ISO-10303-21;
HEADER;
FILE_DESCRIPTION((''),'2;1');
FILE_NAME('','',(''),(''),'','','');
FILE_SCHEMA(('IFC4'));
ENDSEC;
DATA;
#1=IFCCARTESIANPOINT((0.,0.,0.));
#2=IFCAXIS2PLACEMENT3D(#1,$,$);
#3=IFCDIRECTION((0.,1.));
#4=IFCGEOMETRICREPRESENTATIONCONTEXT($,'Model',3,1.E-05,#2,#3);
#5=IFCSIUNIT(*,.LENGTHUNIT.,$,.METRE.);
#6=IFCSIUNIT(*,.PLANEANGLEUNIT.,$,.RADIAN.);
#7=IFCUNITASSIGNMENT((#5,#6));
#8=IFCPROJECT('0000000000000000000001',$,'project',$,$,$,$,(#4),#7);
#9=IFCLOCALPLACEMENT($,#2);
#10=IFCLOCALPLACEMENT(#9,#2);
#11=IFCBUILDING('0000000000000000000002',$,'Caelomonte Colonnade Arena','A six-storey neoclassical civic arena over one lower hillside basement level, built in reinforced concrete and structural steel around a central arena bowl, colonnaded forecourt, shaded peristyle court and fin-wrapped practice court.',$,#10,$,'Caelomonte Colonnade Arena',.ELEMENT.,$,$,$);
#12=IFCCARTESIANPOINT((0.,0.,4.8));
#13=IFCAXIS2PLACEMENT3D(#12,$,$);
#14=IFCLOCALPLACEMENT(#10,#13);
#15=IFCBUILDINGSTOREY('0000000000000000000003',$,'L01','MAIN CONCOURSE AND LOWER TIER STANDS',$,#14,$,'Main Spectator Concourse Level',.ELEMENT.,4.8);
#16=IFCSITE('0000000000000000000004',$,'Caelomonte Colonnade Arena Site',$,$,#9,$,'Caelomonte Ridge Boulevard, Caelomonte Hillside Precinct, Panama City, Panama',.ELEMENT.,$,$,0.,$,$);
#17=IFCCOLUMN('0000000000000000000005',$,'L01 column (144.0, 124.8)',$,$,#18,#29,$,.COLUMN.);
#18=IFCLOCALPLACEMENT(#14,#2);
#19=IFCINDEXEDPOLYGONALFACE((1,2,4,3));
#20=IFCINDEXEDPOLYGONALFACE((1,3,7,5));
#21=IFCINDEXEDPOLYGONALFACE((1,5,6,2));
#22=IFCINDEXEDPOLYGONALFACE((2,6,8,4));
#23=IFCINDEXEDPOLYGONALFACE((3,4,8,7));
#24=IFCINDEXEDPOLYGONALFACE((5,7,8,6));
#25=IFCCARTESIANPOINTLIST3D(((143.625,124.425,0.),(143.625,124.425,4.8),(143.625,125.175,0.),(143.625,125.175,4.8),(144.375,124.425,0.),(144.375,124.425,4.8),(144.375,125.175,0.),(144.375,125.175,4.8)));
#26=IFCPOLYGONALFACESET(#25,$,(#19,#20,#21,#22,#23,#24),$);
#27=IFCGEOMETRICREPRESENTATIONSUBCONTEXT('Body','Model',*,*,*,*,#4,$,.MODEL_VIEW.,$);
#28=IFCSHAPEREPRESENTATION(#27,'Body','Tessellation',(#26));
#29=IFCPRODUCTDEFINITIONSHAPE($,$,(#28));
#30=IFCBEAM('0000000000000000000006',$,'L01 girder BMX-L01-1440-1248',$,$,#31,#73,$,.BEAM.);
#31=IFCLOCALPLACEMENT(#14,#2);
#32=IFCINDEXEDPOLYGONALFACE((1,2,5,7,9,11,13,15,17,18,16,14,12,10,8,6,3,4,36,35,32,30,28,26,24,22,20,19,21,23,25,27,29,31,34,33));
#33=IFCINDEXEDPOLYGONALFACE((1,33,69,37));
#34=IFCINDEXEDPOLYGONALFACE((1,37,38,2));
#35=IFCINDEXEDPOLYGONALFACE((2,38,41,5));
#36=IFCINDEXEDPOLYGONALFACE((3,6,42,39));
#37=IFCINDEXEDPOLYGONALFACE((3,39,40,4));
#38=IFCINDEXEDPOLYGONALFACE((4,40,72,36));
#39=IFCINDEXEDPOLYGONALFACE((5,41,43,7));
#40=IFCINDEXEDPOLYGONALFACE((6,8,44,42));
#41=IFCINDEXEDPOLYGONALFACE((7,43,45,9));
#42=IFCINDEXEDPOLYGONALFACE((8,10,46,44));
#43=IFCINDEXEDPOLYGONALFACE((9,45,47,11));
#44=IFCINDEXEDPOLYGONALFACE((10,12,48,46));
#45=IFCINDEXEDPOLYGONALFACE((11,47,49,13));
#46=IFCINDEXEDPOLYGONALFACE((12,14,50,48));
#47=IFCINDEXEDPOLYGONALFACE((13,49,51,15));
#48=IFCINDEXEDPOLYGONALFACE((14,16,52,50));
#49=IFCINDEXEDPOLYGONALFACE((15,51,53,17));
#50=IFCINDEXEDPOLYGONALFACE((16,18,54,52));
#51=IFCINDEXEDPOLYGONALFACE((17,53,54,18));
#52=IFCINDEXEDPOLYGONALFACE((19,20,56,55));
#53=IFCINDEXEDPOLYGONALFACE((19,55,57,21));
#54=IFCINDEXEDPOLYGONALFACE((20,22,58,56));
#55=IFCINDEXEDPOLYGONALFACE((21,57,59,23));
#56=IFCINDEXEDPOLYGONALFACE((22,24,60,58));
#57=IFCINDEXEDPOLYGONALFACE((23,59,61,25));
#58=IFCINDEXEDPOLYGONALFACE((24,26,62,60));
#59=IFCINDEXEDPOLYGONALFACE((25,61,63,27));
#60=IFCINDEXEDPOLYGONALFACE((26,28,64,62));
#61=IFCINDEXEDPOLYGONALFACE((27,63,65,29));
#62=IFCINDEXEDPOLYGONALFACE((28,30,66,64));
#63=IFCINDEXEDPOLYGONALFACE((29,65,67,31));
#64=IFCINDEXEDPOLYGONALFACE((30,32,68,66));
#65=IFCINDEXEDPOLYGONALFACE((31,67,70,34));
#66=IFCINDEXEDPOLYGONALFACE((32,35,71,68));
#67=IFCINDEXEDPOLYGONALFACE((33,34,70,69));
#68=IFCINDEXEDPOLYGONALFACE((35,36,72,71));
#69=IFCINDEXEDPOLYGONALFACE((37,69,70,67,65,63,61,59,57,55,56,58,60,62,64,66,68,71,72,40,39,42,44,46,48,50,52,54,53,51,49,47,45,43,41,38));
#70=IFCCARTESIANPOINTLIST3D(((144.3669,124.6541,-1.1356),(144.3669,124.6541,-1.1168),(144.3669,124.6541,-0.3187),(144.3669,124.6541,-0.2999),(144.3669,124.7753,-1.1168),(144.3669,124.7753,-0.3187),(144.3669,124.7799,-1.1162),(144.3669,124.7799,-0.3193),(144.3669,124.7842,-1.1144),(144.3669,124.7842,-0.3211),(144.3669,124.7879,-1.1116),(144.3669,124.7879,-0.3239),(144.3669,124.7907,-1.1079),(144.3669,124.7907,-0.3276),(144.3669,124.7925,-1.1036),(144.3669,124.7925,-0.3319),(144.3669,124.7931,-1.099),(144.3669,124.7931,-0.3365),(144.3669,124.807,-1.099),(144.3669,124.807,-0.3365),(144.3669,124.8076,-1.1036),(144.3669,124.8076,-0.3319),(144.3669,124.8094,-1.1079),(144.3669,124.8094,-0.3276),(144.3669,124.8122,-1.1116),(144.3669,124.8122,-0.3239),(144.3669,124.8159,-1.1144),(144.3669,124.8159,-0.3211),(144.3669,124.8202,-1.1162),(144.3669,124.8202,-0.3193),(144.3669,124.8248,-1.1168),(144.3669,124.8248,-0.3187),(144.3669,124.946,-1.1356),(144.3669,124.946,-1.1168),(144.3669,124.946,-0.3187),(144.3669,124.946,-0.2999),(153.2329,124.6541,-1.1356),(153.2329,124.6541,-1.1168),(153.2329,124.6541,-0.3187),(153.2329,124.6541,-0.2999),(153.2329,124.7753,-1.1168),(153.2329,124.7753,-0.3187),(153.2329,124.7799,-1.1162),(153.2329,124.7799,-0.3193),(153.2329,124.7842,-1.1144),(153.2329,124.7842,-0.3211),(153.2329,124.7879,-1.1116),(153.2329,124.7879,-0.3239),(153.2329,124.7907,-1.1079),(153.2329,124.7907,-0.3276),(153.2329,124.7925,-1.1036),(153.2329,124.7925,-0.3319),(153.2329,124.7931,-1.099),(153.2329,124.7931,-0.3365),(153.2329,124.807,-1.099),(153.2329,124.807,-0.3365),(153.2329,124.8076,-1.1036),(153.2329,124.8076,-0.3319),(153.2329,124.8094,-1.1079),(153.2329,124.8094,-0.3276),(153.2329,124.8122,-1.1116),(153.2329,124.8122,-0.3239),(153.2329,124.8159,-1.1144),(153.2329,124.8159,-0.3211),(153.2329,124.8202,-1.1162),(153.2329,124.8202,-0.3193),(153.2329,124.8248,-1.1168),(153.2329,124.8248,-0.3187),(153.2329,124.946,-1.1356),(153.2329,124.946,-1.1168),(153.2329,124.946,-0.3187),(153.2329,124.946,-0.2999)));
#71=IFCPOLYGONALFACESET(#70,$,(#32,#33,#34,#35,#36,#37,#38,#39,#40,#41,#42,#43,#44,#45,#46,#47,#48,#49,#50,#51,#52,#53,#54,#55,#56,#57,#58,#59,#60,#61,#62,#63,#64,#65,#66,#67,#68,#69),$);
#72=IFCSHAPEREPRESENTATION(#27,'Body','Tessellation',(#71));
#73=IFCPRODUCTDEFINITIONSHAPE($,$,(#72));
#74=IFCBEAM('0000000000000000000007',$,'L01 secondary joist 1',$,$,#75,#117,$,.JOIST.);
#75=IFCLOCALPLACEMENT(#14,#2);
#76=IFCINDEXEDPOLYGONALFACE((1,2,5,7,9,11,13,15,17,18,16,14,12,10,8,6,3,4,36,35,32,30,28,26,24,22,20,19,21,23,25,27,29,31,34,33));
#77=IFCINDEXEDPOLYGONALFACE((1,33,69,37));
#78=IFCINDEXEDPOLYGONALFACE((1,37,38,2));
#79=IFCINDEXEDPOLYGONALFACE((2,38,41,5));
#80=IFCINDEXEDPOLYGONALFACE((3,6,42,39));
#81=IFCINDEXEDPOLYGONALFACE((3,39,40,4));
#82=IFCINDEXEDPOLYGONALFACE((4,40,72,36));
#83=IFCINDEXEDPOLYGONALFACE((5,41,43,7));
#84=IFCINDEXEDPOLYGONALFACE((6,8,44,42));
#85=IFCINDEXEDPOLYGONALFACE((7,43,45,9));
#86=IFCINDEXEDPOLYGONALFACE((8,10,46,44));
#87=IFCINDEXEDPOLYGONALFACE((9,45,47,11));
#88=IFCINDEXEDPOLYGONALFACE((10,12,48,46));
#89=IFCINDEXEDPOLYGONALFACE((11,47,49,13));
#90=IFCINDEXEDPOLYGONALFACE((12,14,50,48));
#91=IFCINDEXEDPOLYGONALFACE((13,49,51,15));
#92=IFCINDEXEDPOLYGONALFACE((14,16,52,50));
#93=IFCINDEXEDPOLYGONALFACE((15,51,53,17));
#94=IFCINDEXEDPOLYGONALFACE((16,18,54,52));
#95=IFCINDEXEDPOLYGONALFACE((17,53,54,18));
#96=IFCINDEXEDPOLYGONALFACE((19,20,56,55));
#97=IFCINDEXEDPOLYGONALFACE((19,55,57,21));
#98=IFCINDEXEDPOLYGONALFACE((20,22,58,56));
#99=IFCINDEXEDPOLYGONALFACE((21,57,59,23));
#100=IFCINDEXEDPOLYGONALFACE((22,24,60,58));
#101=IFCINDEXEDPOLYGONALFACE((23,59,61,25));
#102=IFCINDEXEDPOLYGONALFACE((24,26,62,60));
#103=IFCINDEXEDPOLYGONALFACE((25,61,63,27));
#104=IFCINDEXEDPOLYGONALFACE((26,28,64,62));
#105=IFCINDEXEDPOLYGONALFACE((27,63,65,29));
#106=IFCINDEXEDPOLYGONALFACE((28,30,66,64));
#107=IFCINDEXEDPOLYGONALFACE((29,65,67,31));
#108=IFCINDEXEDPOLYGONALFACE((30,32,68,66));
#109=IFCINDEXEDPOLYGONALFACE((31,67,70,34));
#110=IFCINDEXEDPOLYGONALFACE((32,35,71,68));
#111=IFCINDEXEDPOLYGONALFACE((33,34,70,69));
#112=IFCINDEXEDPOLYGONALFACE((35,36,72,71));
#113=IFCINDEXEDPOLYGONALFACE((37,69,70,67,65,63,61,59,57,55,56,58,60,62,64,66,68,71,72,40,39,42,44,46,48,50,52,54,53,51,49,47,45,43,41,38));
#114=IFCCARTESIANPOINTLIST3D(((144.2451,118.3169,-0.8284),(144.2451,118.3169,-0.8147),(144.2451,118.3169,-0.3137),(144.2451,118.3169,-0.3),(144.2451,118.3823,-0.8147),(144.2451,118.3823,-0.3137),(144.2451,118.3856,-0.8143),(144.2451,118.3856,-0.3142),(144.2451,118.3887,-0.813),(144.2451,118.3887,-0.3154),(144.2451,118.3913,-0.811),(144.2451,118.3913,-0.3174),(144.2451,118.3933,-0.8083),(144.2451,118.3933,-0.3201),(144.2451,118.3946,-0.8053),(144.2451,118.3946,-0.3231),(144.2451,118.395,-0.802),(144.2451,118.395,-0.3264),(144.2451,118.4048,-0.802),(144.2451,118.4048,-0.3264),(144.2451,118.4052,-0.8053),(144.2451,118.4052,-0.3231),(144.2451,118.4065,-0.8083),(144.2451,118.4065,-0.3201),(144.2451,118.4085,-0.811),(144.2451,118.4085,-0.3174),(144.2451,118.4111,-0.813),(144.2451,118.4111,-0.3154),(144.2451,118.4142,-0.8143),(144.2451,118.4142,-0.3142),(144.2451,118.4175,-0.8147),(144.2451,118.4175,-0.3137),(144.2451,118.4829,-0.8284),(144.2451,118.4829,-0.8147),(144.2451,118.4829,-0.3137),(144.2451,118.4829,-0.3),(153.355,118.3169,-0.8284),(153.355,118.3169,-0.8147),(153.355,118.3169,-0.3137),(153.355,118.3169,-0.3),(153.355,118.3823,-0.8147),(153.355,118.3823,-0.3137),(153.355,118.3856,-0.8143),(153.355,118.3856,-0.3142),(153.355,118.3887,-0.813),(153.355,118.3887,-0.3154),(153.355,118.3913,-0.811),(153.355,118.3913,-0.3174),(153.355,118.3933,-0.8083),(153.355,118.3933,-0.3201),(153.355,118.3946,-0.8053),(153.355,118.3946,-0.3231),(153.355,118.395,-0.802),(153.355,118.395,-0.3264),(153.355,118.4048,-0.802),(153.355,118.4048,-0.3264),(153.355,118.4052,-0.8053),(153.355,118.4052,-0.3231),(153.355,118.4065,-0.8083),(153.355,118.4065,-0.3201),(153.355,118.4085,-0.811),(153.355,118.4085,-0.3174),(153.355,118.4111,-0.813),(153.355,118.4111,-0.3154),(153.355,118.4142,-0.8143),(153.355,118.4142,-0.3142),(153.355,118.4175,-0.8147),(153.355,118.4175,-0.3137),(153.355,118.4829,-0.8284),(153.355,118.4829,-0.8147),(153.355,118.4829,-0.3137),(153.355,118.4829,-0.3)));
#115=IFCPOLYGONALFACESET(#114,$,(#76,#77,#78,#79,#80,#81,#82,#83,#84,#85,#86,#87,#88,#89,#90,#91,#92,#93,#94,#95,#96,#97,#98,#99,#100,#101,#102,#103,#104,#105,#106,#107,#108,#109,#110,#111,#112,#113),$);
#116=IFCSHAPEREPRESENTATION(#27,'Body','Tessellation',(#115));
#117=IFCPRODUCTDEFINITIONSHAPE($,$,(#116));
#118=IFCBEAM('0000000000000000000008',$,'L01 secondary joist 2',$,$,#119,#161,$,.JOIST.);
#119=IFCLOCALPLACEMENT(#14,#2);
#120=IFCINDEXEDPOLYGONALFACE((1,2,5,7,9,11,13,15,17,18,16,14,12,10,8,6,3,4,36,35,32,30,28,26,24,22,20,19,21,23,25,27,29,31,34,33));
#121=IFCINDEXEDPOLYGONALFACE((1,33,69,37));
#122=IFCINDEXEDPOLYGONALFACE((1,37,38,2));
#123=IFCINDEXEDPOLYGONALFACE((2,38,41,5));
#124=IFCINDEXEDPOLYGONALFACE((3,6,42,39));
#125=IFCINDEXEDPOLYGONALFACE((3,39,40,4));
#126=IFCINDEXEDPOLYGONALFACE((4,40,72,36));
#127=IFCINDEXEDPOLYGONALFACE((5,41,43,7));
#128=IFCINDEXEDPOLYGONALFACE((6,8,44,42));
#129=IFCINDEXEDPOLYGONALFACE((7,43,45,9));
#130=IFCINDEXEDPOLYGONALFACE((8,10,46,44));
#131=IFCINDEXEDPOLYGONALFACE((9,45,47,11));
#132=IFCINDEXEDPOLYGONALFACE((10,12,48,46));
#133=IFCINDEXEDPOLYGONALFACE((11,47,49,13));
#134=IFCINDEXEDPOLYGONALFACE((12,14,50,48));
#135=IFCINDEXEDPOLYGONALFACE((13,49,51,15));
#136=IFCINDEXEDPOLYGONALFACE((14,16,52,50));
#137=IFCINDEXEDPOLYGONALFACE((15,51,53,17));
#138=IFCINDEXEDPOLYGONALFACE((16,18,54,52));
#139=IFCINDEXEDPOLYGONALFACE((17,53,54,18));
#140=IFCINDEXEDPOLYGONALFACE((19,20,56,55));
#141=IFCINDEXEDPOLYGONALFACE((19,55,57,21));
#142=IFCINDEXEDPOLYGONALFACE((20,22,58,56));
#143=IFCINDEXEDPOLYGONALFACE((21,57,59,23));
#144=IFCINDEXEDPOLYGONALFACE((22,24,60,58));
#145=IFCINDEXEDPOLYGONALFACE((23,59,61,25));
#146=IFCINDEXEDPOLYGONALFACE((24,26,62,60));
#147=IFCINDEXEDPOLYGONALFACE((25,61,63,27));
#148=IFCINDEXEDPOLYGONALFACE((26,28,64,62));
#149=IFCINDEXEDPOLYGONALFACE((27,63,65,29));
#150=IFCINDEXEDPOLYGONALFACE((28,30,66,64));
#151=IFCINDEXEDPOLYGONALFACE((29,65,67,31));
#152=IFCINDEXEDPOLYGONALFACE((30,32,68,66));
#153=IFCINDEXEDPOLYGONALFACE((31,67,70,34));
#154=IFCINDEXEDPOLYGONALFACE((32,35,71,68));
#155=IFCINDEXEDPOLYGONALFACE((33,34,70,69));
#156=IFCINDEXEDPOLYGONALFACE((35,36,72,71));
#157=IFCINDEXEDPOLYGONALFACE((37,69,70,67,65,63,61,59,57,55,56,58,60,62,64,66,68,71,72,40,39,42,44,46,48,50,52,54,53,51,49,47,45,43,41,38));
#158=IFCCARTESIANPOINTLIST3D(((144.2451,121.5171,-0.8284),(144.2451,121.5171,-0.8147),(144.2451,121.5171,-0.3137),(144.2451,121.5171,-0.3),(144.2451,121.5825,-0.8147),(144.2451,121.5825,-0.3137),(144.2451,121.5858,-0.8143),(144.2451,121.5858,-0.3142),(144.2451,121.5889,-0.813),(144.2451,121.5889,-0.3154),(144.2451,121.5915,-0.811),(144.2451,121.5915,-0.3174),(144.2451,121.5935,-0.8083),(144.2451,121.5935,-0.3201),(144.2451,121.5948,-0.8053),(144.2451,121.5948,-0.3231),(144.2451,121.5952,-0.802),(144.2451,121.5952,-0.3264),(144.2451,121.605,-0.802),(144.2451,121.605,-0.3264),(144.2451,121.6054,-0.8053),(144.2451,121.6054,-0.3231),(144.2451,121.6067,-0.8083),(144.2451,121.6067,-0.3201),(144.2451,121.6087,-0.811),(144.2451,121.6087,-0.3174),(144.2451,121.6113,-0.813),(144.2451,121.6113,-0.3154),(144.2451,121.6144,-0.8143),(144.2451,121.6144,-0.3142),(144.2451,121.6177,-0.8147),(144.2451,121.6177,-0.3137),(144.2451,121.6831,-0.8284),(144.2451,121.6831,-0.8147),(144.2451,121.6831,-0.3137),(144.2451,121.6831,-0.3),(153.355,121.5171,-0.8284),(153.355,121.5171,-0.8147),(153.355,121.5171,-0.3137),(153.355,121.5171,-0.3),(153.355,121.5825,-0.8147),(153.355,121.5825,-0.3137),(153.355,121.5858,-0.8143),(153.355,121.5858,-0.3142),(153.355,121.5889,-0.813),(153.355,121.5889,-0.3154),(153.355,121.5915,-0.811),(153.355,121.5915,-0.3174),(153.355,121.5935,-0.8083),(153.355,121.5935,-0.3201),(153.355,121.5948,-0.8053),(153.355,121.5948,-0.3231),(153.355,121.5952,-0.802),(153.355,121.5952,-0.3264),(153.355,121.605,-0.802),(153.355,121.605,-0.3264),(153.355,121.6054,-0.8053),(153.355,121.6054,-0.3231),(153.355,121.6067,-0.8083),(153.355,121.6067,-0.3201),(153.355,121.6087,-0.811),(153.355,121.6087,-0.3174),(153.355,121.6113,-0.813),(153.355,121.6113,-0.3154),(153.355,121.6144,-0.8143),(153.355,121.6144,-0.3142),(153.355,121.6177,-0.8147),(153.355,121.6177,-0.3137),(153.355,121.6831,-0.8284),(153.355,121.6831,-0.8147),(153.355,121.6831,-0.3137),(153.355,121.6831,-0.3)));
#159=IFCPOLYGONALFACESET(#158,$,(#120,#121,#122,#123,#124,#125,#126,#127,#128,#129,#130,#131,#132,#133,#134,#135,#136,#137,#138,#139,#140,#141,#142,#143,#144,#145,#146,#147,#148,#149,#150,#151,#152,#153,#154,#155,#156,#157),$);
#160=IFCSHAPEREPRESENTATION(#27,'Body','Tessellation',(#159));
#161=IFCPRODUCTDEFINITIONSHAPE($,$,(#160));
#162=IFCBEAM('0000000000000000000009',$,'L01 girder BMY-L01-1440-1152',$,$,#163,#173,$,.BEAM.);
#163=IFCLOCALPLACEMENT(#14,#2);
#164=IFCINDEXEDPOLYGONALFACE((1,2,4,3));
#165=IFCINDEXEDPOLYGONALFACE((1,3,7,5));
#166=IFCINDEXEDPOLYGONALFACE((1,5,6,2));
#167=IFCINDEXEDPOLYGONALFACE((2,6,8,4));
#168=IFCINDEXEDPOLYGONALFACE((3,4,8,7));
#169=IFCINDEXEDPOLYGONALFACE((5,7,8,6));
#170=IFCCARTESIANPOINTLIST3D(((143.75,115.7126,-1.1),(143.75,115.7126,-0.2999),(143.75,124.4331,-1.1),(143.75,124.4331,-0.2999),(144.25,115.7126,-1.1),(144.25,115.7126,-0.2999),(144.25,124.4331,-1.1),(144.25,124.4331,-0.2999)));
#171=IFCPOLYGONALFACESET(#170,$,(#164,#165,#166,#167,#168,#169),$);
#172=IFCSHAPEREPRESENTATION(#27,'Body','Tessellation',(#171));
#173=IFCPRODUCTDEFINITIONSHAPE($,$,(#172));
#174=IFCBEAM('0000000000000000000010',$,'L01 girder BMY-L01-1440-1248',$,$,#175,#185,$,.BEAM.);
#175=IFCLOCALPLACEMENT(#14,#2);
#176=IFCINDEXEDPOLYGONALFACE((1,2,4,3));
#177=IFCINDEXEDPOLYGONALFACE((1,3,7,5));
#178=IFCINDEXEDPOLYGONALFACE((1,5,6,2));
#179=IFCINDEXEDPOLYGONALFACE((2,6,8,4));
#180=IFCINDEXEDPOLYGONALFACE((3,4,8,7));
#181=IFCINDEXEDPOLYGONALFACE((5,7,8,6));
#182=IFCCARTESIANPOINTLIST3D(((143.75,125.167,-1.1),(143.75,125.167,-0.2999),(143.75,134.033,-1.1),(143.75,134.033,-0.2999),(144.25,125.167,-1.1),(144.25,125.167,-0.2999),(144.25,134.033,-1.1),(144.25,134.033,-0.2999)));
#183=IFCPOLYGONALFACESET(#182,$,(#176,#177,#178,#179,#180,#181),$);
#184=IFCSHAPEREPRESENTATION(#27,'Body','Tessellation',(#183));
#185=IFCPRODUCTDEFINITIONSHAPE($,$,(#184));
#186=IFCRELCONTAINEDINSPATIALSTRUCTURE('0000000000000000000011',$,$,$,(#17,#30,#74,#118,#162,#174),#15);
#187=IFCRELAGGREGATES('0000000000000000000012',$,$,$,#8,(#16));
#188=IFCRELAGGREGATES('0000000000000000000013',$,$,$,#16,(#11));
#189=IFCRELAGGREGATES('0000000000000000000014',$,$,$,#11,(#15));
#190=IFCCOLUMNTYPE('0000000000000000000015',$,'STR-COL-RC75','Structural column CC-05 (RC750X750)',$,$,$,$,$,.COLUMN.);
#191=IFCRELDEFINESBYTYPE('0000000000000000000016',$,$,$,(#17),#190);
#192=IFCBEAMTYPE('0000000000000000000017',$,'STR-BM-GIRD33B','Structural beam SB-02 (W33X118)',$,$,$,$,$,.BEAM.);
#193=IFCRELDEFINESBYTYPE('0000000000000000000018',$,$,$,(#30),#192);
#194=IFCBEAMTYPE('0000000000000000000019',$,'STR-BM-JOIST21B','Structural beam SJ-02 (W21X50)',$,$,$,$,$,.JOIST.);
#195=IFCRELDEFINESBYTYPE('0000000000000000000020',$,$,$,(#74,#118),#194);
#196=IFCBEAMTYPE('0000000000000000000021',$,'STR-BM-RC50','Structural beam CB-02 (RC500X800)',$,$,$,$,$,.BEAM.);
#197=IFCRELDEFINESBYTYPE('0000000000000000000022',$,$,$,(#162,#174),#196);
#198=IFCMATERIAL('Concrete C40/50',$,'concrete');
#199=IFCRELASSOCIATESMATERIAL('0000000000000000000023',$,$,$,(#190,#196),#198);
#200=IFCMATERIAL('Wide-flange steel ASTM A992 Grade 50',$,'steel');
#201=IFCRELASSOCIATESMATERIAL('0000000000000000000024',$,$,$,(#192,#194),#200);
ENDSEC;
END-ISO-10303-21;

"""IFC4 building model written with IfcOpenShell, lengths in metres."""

from ifc_helpers import new_model, si_unit, direction, frame, origin, origin_2d, place, context, subcontext, project, spatial, rectangle, i_section, extrude, material, material_profile, profile_set, type_object, element, save


model = new_model("IFC4")

# Units and contexts
model_context = context("Model", 3, precision=1e-05, world=origin(), true_north=direction((0.0, 1.0)))
body_context = subcontext(model_context, "Body", "Model", "MODEL_VIEW")
ifc_project = project(units=[si_unit("LENGTHUNIT", "METRE"), si_unit("PLANEANGLEUNIT", "RADIAN")], contexts=[model_context])

# Site, building, storey
site_placement = place(None, origin())
site = spatial("IfcSite", under=ifc_project, at=site_placement, Name="Caelomonte Colonnade Arena Site", LongName="Caelomonte Ridge Boulevard, Caelomonte Hillside Precinct, Panama City, Panama", CompositionType="ELEMENT", RefElevation=0.0)
building_placement = place(site_placement, origin())
building = spatial("IfcBuilding", under=site, at=building_placement, Name="Caelomonte Colonnade Arena", Description="A six-storey neoclassical civic arena over one lower hillside basement level, built in reinforced concrete and structural steel around a central arena bowl, colonnaded forecourt, shaded peristyle court and fin-wrapped practice court.", LongName="Caelomonte Colonnade Arena", CompositionType="ELEMENT")
storey_placement = place(building_placement, frame((0.0, 0.0, 4.8)))
storey = spatial("IfcBuildingStorey", under=building, at=storey_placement, Name="L01", Description="MAIN CONCOURSE AND LOWER TIER STANDS", LongName="Main Spectator Concourse Level", CompositionType="ELEMENT", Elevation=4.8)

# Column
ifc_material_1 = material(Name="Concrete C40/50", Category="concrete")
ifc_material_profile_1 = material_profile(ifc_material_1, rectangle(XDim=0.75, YDim=0.75, at=origin_2d()), Name="RC750X750")
ifc_profile_set_1 = profile_set([ifc_material_profile_1], Name="Concrete C40/50")
column_type = type_object("IfcColumnType", Name="STR-COL-RC75", Description="Structural column CC-05 (RC750X750)", PredefinedType="COLUMN", material=ifc_profile_set_1)
column_placement = place(storey_placement, frame((144.0, 124.8, 0.0), z_axis=(0.0, 0.0, 1.0), x_axis=(1.0, 0.0, 0.0)))
element("IfcColumn", 1, at=column_placement, inside=storey, type_object=column_type, Name="L01 column (144.0, 124.8)", PredefinedType="COLUMN", context=body_context, shape_type="SweptSolid", body=[
    extrude(rectangle(XDim=0.75, YDim=0.75, at=origin_2d()), origin(), (0.0, 0.0, 1.0), 4.8),
])

# Beams
ifc_material_2 = material(Name="Wide-flange steel ASTM A992 Grade 50", Category="steel")
ifc_material_profile_2 = material_profile(ifc_material_2, i_section(OverallWidth=0.292, OverallDepth=0.8357, WebThickness=0.0139, FlangeThickness=0.0188, FilletRadius=0.0178, at=origin_2d()), Name="W33X118")
ifc_profile_set_2 = profile_set([ifc_material_profile_2], Name="Wide-flange steel ASTM A992 Grade 50")
beam_type_1 = type_object("IfcBeamType", Name="STR-BM-GIRD33B", Description="Structural beam SB-02 (W33X118)", PredefinedType="BEAM", material=ifc_profile_set_2)
beam_1_placement = place(storey_placement, frame((144.3669, 124.8, -0.7178), z_axis=(1.0, 0.0, 0.0), x_axis=(0.0, 1.0, 0.0)))
element("IfcBeam", 2, at=beam_1_placement, inside=storey, type_object=beam_type_1, Name="L01 girder BMX-L01-1440-1248", PredefinedType="BEAM", context=body_context, shape_type="SweptSolid", body=[
    extrude(i_section(OverallWidth=0.292, OverallDepth=0.8357, WebThickness=0.0139, FlangeThickness=0.0188, FilletRadius=0.0178, at=origin_2d()), origin(), (0.0, 0.0, 1.0), 8.866),
])
ifc_material_profile_3 = material_profile(ifc_material_2, i_section(OverallWidth=0.166, OverallDepth=0.5283, WebThickness=0.0098, FlangeThickness=0.0137, FilletRadius=0.0127, at=origin_2d()), Name="W21X50")
ifc_profile_set_3 = profile_set([ifc_material_profile_3], Name="Wide-flange steel ASTM A992 Grade 50")
beam_type_2 = type_object("IfcBeamType", Name="STR-BM-JOIST21B", Description="Structural beam SJ-02 (W21X50)", PredefinedType="JOIST", material=ifc_profile_set_3)
for number, where, z_axis, x_axis, name in (
    (3, (144.2451, 118.3999, -0.5642), (1.0, 0.0, 0.0), (0.0, 1.0, 0.0), "L01 secondary joist 1"),
    (4, (144.2451, 121.6001, -0.5642), (1.0, 0.0, 0.0), (0.0, 1.0, 0.0), "L01 secondary joist 2"),
):
    element("IfcBeam", number, at=place(storey_placement, frame(where, z_axis=z_axis, x_axis=x_axis)), inside=storey, type_object=beam_type_2, Name=name, PredefinedType="JOIST", context=body_context, shape_type="SweptSolid", body=[
        extrude(i_section(OverallWidth=0.166, OverallDepth=0.5283, WebThickness=0.0098, FlangeThickness=0.0137, FilletRadius=0.0127, at=origin_2d()), origin(), (0.0, 0.0, 1.0), 9.1099),
    ])
ifc_material_profile_4 = material_profile(ifc_material_1, rectangle(XDim=0.5, YDim=0.8, at=origin_2d()), Name="RC500X800")
ifc_profile_set_4 = profile_set([ifc_material_profile_4], Name="Concrete C40/50")
beam_type_3 = type_object("IfcBeamType", Name="STR-BM-RC50", Description="Structural beam CB-02 (RC500X800)", PredefinedType="BEAM", material=ifc_profile_set_4)
beam_2_placement = place(storey_placement, frame((144.0, 115.7126, -0.7), z_axis=(0.0, 1.0, 0.0), x_axis=(-1.0, 0.0, 0.0)))
element("IfcBeam", 5, at=beam_2_placement, inside=storey, type_object=beam_type_3, Name="L01 girder BMY-L01-1440-1152", PredefinedType="BEAM", context=body_context, shape_type="SweptSolid", body=[
    extrude(rectangle(XDim=0.5, YDim=0.8, at=origin_2d()), origin(), (0.0, 0.0, 1.0), 8.7205),
])
beam_3_placement = place(storey_placement, frame((144.0, 125.167, -0.7), z_axis=(0.0, 1.0, 0.0), x_axis=(-1.0, 0.0, 0.0)))
element("IfcBeam", 6, at=beam_3_placement, inside=storey, type_object=beam_type_3, Name="L01 girder BMY-L01-1440-1248", PredefinedType="BEAM", context=body_context, shape_type="SweptSolid", body=[
    extrude(rectangle(XDim=0.5, YDim=0.8, at=origin_2d()), origin(), (0.0, 0.0, 1.0), 8.866),
])

save(model, "model.ifc")
